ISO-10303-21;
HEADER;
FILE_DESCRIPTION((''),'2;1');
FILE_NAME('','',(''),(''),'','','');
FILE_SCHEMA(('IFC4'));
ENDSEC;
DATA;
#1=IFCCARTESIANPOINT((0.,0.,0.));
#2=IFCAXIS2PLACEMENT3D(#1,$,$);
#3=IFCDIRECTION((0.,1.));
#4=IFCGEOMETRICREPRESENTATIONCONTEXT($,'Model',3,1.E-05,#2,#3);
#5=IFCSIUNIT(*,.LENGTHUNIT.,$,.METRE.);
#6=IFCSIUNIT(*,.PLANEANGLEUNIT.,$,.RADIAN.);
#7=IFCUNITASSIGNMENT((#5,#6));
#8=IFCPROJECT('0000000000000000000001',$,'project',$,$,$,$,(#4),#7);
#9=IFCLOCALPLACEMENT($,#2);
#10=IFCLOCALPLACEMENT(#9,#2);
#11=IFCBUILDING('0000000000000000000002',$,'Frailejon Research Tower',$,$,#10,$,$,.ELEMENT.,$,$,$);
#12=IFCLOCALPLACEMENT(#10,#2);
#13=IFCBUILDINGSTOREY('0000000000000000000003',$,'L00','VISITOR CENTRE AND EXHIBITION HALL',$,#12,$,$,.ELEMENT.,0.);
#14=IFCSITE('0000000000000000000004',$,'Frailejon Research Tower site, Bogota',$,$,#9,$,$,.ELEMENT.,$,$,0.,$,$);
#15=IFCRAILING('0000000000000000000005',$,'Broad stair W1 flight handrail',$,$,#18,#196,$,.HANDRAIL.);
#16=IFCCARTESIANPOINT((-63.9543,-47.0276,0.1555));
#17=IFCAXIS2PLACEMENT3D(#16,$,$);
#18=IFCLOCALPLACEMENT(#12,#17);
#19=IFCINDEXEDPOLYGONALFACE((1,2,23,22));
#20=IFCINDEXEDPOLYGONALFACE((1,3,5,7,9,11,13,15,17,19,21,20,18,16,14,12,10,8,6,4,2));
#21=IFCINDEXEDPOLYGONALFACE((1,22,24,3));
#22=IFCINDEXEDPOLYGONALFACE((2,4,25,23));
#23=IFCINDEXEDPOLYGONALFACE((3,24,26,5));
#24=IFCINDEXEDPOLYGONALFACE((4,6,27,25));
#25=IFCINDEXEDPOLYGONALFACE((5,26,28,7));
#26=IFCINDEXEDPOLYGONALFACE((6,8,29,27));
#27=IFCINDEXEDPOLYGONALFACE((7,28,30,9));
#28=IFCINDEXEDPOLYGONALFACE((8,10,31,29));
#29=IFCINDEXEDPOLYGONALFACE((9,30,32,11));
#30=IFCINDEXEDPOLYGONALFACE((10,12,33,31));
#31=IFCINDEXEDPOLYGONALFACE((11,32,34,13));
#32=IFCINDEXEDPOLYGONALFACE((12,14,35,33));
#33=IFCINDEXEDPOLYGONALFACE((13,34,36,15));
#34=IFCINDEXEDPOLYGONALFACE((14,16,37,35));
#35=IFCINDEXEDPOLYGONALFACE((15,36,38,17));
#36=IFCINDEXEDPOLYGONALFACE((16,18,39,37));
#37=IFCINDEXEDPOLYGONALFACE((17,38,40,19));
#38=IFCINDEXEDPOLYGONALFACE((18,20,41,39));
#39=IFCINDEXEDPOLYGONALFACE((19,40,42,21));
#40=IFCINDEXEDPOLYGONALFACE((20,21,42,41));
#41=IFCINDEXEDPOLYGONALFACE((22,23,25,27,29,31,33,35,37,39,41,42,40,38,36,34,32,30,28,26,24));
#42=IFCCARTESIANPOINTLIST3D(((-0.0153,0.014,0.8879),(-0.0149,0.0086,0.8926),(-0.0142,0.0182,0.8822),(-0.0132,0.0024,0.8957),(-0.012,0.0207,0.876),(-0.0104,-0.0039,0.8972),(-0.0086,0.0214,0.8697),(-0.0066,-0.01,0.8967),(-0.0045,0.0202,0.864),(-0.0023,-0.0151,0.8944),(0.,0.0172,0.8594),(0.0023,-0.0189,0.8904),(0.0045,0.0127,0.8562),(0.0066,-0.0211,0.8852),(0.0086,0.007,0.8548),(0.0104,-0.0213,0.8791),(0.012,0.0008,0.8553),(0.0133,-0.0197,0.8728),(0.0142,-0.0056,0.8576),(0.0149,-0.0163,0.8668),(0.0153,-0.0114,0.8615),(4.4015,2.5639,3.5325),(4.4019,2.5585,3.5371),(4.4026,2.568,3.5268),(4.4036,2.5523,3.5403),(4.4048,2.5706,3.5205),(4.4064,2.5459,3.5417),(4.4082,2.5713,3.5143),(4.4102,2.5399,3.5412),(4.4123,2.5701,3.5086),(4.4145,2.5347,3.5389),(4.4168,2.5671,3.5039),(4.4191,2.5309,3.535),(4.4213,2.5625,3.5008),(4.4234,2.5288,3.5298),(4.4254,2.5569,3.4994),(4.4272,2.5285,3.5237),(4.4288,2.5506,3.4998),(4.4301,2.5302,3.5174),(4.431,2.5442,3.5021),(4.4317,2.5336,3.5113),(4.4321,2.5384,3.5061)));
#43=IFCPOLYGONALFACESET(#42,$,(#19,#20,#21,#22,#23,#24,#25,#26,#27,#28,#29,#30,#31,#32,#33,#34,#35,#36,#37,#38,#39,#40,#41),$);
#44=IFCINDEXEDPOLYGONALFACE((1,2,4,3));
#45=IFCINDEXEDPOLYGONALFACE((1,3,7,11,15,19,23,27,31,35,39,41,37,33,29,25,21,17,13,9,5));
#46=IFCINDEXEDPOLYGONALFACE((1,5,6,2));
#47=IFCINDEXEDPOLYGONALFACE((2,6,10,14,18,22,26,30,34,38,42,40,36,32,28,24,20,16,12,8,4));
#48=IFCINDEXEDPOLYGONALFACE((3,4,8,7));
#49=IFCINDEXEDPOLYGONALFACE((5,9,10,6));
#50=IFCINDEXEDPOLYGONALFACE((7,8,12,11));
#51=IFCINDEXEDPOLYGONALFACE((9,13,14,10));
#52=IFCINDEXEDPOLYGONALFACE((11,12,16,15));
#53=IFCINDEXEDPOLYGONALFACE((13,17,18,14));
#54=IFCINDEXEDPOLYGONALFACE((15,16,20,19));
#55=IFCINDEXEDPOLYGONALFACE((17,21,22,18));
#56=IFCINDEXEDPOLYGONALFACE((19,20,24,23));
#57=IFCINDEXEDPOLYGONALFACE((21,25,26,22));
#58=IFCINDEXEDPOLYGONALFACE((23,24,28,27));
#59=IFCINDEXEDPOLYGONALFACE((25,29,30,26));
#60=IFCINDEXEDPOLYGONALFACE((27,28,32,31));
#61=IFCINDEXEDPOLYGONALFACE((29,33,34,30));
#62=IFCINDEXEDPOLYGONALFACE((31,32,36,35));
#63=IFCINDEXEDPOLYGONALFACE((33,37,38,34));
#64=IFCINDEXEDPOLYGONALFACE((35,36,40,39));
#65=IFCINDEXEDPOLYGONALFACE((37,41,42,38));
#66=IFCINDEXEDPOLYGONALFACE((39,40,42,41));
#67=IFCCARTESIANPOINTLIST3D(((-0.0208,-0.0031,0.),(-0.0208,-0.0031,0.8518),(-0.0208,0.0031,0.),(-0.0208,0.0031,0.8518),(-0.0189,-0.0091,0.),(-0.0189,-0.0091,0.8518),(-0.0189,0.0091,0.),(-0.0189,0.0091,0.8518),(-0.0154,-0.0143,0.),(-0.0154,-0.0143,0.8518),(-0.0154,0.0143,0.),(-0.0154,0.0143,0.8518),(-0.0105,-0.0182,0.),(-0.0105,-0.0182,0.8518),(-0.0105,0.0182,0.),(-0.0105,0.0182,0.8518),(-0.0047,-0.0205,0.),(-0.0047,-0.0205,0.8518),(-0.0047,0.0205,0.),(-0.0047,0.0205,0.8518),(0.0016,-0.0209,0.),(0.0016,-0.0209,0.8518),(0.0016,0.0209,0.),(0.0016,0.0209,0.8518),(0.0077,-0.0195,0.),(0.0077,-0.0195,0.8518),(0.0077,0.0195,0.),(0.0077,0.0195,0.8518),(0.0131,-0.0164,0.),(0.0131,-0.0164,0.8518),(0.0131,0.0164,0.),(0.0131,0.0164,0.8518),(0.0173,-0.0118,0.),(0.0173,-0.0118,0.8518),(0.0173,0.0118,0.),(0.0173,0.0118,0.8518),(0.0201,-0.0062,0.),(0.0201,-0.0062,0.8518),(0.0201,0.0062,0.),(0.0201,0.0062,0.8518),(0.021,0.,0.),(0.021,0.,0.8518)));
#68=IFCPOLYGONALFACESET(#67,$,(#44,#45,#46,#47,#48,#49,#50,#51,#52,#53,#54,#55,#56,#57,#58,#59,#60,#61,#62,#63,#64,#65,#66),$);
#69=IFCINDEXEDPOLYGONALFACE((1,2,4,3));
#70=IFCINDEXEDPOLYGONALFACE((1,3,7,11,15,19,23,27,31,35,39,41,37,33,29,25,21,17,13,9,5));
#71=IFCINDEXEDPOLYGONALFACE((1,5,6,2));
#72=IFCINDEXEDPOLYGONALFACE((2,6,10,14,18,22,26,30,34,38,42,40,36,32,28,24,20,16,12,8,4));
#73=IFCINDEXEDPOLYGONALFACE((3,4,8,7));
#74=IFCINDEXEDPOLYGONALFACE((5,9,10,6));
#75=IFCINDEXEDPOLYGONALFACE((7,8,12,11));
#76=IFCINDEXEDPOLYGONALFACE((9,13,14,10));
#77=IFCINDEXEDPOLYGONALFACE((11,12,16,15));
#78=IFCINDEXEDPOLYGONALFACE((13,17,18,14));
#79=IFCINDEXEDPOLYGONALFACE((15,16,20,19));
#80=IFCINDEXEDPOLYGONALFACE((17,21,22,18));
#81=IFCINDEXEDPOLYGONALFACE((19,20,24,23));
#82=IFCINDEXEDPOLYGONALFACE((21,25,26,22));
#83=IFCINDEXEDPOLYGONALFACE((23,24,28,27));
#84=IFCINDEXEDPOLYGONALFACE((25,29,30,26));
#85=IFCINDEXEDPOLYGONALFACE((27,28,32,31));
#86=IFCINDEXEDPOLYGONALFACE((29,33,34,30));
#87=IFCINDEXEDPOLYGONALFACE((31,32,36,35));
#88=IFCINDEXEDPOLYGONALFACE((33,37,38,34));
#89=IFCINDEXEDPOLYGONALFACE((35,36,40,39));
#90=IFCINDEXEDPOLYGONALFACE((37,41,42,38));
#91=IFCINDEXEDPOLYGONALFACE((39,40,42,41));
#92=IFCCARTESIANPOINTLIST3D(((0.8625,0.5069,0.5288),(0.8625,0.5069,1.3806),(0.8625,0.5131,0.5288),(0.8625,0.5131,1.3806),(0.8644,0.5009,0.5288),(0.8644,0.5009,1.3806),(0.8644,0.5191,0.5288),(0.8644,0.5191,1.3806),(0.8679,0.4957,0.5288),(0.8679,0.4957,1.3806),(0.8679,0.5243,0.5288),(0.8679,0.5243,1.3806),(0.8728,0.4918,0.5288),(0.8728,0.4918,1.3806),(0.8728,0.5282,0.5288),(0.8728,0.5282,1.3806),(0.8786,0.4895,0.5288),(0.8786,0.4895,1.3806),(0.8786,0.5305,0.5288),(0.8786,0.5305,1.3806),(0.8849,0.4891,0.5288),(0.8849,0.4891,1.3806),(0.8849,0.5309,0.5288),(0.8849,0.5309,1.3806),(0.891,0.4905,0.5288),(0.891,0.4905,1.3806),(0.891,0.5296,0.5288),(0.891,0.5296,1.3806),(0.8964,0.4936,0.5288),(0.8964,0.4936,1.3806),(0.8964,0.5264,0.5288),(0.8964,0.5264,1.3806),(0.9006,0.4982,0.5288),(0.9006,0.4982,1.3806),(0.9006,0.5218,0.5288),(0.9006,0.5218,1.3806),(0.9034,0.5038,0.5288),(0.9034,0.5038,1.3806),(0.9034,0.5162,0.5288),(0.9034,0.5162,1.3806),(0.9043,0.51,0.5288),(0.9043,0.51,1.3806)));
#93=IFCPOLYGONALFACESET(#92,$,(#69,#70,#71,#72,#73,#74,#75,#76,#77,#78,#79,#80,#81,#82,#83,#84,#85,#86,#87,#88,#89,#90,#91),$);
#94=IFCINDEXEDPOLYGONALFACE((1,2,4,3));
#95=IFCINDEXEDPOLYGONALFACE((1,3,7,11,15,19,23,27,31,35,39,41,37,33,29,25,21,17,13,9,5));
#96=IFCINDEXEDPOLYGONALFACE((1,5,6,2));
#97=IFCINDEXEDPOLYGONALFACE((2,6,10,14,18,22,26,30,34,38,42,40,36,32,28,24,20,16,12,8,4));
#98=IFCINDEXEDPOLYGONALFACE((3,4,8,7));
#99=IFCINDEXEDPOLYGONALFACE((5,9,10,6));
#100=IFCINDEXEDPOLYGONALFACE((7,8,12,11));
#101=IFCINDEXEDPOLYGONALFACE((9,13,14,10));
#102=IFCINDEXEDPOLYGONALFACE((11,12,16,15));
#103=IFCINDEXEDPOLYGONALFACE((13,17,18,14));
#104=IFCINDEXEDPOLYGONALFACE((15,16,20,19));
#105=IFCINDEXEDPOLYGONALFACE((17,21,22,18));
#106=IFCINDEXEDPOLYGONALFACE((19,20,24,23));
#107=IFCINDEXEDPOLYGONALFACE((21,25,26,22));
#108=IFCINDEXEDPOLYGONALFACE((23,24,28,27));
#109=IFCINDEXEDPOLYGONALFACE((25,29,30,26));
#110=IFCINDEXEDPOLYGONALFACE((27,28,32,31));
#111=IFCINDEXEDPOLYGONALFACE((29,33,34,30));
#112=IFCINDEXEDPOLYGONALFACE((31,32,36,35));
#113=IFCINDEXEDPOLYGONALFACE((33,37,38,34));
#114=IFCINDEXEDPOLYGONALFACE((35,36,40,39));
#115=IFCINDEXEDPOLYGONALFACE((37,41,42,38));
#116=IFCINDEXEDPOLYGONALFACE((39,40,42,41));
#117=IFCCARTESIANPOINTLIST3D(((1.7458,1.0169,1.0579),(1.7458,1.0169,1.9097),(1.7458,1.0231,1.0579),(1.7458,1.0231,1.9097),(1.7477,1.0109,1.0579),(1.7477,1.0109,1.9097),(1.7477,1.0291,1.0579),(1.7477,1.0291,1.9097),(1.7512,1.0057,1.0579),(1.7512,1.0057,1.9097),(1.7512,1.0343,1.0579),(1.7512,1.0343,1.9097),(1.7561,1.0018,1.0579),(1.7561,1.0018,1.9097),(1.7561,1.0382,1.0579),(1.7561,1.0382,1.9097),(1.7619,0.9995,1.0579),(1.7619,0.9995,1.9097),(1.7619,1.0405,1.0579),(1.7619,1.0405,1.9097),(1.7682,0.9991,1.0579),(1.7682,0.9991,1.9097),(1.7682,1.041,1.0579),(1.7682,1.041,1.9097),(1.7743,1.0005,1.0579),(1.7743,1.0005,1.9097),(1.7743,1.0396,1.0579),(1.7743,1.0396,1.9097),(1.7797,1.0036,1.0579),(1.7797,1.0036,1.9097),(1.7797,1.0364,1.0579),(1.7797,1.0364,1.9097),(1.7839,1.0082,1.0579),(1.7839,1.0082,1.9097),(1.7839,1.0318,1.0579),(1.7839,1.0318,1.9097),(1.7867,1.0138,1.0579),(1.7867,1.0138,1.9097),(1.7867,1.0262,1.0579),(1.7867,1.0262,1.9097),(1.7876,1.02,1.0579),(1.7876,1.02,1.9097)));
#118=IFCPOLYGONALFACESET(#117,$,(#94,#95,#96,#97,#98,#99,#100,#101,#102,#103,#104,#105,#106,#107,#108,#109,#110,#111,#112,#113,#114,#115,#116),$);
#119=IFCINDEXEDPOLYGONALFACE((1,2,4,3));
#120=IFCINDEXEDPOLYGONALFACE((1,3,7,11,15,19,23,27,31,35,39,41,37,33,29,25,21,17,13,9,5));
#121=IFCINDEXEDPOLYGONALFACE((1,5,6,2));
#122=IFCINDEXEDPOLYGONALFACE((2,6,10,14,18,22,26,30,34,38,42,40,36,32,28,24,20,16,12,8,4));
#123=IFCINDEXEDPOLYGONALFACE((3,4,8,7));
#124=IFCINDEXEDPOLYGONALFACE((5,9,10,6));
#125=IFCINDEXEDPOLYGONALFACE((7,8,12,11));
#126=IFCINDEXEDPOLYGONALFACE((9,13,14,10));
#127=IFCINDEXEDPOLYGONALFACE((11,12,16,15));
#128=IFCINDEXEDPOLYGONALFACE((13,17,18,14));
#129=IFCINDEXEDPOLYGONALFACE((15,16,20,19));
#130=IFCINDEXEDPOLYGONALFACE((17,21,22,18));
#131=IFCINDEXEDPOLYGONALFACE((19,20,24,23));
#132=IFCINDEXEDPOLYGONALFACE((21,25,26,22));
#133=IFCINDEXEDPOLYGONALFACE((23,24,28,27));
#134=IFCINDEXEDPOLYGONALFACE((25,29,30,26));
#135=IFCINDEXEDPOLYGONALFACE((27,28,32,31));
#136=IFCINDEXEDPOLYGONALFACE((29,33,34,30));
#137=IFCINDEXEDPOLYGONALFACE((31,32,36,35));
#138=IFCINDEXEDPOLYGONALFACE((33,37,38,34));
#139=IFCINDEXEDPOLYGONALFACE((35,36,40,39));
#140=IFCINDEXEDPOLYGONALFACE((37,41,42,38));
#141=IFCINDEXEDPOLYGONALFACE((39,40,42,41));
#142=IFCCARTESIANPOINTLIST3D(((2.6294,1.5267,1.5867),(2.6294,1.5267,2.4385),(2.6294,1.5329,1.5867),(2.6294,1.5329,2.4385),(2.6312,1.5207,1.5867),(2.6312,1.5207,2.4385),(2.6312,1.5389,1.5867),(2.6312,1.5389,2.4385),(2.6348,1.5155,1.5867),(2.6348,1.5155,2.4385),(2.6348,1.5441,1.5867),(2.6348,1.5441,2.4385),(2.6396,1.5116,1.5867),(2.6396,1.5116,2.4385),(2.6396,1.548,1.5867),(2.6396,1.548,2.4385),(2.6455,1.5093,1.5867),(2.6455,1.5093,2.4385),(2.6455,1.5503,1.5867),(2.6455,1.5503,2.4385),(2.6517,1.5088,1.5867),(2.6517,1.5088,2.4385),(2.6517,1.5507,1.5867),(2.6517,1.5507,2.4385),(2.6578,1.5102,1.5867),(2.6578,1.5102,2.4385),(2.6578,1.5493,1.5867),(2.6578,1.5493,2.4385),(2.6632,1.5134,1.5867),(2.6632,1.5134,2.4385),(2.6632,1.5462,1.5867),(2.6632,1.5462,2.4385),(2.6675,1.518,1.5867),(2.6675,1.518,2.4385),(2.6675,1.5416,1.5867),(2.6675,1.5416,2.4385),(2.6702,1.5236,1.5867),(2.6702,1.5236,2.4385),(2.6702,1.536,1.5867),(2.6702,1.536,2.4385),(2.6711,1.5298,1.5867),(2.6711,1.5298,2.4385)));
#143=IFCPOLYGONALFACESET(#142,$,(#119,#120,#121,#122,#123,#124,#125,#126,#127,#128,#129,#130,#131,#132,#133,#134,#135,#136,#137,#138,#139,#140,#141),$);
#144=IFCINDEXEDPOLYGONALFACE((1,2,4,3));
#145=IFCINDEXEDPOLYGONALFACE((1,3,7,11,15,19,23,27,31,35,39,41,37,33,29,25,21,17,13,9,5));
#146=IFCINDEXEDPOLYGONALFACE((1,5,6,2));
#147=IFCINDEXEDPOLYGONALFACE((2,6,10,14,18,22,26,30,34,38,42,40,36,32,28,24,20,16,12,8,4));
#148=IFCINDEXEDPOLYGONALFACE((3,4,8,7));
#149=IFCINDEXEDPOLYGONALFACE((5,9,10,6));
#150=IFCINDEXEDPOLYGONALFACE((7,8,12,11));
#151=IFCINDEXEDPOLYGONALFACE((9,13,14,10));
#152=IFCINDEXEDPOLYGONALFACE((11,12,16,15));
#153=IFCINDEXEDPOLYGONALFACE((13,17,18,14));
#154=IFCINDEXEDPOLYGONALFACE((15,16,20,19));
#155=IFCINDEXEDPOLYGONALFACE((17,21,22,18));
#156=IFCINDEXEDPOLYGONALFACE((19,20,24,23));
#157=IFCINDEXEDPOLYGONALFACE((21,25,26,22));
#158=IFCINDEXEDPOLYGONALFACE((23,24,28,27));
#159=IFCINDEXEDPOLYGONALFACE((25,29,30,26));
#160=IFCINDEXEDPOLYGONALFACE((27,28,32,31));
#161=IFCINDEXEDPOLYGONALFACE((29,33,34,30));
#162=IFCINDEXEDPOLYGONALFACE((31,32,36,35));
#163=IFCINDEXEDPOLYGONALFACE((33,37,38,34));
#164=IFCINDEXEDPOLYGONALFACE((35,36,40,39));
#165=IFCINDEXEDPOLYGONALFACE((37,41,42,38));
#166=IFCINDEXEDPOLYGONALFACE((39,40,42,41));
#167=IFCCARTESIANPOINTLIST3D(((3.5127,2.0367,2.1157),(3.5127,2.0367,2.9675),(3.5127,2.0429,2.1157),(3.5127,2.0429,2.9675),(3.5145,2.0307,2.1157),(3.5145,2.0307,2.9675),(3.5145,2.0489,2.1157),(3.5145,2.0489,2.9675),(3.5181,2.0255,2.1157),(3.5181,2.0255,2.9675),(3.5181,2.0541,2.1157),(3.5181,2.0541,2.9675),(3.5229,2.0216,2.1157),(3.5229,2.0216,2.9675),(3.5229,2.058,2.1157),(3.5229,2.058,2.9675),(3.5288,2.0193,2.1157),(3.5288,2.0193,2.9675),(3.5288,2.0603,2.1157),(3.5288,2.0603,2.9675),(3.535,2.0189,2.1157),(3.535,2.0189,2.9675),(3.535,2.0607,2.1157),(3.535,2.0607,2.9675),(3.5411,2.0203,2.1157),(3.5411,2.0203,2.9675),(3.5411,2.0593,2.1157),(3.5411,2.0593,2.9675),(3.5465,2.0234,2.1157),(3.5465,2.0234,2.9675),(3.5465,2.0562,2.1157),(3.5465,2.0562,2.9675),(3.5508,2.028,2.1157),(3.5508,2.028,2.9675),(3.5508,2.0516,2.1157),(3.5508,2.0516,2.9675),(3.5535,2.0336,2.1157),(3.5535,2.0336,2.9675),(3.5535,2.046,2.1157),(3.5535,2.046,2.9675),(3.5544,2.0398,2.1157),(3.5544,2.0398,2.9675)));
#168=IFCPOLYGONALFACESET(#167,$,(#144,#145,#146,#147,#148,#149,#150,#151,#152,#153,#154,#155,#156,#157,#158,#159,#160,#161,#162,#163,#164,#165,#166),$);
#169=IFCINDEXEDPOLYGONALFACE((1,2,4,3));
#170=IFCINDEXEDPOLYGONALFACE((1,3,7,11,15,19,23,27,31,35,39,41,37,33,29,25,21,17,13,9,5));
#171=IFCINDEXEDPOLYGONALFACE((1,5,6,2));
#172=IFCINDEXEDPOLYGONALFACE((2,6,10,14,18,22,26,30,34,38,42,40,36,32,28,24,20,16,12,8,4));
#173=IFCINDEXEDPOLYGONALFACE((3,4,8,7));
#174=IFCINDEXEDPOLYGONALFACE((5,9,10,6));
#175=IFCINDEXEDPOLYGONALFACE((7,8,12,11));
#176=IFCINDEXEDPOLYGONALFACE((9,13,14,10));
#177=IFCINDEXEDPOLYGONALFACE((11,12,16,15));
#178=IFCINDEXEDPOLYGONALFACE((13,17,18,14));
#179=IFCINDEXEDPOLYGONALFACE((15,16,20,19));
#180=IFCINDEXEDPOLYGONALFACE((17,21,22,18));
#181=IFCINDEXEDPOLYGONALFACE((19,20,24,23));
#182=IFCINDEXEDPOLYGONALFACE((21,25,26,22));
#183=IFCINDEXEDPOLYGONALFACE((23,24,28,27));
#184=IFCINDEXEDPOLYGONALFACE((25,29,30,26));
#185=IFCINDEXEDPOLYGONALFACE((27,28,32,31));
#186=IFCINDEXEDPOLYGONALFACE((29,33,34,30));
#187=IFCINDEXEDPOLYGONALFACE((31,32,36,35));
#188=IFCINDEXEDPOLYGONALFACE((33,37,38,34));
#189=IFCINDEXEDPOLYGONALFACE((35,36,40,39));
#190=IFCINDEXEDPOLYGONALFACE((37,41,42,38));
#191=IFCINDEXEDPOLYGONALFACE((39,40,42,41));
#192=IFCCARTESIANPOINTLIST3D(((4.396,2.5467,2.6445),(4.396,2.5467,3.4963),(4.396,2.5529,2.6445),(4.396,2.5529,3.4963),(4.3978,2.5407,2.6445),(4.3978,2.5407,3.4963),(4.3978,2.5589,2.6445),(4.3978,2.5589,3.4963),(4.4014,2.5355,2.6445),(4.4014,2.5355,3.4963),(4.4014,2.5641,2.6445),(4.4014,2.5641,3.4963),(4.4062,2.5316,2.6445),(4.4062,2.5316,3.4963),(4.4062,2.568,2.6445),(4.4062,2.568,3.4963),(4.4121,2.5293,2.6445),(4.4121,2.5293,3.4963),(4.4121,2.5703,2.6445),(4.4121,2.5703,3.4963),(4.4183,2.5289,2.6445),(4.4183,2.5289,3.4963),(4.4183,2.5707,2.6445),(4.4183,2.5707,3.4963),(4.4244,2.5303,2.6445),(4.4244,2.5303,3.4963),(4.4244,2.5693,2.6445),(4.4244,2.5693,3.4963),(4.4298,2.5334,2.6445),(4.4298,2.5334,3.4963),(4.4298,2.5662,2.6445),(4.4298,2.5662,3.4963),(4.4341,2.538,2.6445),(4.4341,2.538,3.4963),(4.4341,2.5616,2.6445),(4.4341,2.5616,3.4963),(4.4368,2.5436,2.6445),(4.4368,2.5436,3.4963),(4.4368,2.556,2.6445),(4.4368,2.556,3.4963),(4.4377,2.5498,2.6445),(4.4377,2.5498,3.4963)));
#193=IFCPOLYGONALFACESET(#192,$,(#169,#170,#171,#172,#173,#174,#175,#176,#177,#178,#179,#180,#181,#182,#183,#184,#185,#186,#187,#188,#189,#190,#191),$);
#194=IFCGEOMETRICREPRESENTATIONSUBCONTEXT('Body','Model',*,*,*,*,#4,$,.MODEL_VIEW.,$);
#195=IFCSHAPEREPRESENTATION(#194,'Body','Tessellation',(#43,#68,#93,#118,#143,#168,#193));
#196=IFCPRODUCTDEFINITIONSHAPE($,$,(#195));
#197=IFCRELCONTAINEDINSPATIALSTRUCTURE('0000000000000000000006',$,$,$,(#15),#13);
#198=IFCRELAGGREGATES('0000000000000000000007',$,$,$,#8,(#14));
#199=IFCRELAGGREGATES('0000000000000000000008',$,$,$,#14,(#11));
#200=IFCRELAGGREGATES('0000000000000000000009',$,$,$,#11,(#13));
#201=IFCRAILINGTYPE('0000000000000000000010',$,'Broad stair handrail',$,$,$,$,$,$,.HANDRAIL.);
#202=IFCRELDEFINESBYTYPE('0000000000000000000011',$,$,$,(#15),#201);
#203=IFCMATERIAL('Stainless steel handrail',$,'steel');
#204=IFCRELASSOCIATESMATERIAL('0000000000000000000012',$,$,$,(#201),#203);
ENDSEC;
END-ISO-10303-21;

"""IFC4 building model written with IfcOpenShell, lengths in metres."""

from ifc_helpers import new_model, si_unit, direction, frame, origin, origin_2d, place, context, subcontext, project, spatial, circle, extrude, material, type_object, element, save


model = new_model("IFC4")

# Units and contexts
model_context = context("Model", 3, precision=1e-05, world=origin(), true_north=direction((0.0, 1.0)))
body_context = subcontext(model_context, "Body", "Model", "MODEL_VIEW")
ifc_project = project(units=[si_unit("LENGTHUNIT", "METRE"), si_unit("PLANEANGLEUNIT", "RADIAN")], contexts=[model_context])

# Site, building, storey
site_placement = place(None, origin())
site = spatial("IfcSite", under=ifc_project, at=site_placement, Name="Frailejon Research Tower site, Bogota", CompositionType="ELEMENT", RefElevation=0.0)
building_placement = place(site_placement, origin())
building = spatial("IfcBuilding", under=site, at=building_placement, Name="Frailejon Research Tower", CompositionType="ELEMENT")
storey_placement = place(building_placement, origin())
storey = spatial("IfcBuildingStorey", under=building, at=storey_placement, Name="L00", Description="VISITOR CENTRE AND EXHIBITION HALL", CompositionType="ELEMENT", Elevation=0.0)

# Railing
ifc_material_1 = material(Name="Stainless steel handrail", Category="steel")
railing_type_1 = type_object("IfcRailingType", Name="Broad stair handrail", PredefinedType="HANDRAIL", material=ifc_material_1)
for number, where, name in (
    (1, (-63.9543, -47.0276, 0.1555), "Broad stair W1 flight handrail"),
):
    element("IfcRailing", number, at=place(storey_placement, frame(where)), inside=storey, type_object=railing_type_1, Name=name, PredefinedType="HANDRAIL", context=body_context, shape_type="SweptSolid", body=[
        extrude(circle(Radius=0.0239, at=origin_2d()), frame((0.0, 0.0, 0.876), z_axis=(0.768826, 0.443846, 0.460335), x_axis=(-0.49997, 0.866043, 0.0)), (0.0, 0.0, 1.0), 5.7449),
        extrude(circle(Radius=0.021, at=origin_2d()), origin(), (0.0, 0.0, 1.0), 0.8518),
        extrude(circle(Radius=0.021, at=origin_2d()), frame((0.8833, 0.51, 0.5288)), (0.0, 0.0, 1.0), 0.8518),
        extrude(circle(Radius=0.021, at=origin_2d()), frame((1.7666, 1.02, 1.0579)), (0.0, 0.0, 1.0), 0.8518),
        extrude(circle(Radius=0.021, at=origin_2d()), frame((2.6501, 1.5298, 1.5867)), (0.0, 0.0, 1.0), 0.8518),
        extrude(circle(Radius=0.021, at=origin_2d()), frame((3.5334, 2.0398, 2.1157)), (0.0, 0.0, 1.0), 0.8518),
        extrude(circle(Radius=0.021, at=origin_2d()), frame((4.4167, 2.5498, 2.6445)), (0.0, 0.0, 1.0), 0.8518),
    ])

save(model, "model.ifc")
